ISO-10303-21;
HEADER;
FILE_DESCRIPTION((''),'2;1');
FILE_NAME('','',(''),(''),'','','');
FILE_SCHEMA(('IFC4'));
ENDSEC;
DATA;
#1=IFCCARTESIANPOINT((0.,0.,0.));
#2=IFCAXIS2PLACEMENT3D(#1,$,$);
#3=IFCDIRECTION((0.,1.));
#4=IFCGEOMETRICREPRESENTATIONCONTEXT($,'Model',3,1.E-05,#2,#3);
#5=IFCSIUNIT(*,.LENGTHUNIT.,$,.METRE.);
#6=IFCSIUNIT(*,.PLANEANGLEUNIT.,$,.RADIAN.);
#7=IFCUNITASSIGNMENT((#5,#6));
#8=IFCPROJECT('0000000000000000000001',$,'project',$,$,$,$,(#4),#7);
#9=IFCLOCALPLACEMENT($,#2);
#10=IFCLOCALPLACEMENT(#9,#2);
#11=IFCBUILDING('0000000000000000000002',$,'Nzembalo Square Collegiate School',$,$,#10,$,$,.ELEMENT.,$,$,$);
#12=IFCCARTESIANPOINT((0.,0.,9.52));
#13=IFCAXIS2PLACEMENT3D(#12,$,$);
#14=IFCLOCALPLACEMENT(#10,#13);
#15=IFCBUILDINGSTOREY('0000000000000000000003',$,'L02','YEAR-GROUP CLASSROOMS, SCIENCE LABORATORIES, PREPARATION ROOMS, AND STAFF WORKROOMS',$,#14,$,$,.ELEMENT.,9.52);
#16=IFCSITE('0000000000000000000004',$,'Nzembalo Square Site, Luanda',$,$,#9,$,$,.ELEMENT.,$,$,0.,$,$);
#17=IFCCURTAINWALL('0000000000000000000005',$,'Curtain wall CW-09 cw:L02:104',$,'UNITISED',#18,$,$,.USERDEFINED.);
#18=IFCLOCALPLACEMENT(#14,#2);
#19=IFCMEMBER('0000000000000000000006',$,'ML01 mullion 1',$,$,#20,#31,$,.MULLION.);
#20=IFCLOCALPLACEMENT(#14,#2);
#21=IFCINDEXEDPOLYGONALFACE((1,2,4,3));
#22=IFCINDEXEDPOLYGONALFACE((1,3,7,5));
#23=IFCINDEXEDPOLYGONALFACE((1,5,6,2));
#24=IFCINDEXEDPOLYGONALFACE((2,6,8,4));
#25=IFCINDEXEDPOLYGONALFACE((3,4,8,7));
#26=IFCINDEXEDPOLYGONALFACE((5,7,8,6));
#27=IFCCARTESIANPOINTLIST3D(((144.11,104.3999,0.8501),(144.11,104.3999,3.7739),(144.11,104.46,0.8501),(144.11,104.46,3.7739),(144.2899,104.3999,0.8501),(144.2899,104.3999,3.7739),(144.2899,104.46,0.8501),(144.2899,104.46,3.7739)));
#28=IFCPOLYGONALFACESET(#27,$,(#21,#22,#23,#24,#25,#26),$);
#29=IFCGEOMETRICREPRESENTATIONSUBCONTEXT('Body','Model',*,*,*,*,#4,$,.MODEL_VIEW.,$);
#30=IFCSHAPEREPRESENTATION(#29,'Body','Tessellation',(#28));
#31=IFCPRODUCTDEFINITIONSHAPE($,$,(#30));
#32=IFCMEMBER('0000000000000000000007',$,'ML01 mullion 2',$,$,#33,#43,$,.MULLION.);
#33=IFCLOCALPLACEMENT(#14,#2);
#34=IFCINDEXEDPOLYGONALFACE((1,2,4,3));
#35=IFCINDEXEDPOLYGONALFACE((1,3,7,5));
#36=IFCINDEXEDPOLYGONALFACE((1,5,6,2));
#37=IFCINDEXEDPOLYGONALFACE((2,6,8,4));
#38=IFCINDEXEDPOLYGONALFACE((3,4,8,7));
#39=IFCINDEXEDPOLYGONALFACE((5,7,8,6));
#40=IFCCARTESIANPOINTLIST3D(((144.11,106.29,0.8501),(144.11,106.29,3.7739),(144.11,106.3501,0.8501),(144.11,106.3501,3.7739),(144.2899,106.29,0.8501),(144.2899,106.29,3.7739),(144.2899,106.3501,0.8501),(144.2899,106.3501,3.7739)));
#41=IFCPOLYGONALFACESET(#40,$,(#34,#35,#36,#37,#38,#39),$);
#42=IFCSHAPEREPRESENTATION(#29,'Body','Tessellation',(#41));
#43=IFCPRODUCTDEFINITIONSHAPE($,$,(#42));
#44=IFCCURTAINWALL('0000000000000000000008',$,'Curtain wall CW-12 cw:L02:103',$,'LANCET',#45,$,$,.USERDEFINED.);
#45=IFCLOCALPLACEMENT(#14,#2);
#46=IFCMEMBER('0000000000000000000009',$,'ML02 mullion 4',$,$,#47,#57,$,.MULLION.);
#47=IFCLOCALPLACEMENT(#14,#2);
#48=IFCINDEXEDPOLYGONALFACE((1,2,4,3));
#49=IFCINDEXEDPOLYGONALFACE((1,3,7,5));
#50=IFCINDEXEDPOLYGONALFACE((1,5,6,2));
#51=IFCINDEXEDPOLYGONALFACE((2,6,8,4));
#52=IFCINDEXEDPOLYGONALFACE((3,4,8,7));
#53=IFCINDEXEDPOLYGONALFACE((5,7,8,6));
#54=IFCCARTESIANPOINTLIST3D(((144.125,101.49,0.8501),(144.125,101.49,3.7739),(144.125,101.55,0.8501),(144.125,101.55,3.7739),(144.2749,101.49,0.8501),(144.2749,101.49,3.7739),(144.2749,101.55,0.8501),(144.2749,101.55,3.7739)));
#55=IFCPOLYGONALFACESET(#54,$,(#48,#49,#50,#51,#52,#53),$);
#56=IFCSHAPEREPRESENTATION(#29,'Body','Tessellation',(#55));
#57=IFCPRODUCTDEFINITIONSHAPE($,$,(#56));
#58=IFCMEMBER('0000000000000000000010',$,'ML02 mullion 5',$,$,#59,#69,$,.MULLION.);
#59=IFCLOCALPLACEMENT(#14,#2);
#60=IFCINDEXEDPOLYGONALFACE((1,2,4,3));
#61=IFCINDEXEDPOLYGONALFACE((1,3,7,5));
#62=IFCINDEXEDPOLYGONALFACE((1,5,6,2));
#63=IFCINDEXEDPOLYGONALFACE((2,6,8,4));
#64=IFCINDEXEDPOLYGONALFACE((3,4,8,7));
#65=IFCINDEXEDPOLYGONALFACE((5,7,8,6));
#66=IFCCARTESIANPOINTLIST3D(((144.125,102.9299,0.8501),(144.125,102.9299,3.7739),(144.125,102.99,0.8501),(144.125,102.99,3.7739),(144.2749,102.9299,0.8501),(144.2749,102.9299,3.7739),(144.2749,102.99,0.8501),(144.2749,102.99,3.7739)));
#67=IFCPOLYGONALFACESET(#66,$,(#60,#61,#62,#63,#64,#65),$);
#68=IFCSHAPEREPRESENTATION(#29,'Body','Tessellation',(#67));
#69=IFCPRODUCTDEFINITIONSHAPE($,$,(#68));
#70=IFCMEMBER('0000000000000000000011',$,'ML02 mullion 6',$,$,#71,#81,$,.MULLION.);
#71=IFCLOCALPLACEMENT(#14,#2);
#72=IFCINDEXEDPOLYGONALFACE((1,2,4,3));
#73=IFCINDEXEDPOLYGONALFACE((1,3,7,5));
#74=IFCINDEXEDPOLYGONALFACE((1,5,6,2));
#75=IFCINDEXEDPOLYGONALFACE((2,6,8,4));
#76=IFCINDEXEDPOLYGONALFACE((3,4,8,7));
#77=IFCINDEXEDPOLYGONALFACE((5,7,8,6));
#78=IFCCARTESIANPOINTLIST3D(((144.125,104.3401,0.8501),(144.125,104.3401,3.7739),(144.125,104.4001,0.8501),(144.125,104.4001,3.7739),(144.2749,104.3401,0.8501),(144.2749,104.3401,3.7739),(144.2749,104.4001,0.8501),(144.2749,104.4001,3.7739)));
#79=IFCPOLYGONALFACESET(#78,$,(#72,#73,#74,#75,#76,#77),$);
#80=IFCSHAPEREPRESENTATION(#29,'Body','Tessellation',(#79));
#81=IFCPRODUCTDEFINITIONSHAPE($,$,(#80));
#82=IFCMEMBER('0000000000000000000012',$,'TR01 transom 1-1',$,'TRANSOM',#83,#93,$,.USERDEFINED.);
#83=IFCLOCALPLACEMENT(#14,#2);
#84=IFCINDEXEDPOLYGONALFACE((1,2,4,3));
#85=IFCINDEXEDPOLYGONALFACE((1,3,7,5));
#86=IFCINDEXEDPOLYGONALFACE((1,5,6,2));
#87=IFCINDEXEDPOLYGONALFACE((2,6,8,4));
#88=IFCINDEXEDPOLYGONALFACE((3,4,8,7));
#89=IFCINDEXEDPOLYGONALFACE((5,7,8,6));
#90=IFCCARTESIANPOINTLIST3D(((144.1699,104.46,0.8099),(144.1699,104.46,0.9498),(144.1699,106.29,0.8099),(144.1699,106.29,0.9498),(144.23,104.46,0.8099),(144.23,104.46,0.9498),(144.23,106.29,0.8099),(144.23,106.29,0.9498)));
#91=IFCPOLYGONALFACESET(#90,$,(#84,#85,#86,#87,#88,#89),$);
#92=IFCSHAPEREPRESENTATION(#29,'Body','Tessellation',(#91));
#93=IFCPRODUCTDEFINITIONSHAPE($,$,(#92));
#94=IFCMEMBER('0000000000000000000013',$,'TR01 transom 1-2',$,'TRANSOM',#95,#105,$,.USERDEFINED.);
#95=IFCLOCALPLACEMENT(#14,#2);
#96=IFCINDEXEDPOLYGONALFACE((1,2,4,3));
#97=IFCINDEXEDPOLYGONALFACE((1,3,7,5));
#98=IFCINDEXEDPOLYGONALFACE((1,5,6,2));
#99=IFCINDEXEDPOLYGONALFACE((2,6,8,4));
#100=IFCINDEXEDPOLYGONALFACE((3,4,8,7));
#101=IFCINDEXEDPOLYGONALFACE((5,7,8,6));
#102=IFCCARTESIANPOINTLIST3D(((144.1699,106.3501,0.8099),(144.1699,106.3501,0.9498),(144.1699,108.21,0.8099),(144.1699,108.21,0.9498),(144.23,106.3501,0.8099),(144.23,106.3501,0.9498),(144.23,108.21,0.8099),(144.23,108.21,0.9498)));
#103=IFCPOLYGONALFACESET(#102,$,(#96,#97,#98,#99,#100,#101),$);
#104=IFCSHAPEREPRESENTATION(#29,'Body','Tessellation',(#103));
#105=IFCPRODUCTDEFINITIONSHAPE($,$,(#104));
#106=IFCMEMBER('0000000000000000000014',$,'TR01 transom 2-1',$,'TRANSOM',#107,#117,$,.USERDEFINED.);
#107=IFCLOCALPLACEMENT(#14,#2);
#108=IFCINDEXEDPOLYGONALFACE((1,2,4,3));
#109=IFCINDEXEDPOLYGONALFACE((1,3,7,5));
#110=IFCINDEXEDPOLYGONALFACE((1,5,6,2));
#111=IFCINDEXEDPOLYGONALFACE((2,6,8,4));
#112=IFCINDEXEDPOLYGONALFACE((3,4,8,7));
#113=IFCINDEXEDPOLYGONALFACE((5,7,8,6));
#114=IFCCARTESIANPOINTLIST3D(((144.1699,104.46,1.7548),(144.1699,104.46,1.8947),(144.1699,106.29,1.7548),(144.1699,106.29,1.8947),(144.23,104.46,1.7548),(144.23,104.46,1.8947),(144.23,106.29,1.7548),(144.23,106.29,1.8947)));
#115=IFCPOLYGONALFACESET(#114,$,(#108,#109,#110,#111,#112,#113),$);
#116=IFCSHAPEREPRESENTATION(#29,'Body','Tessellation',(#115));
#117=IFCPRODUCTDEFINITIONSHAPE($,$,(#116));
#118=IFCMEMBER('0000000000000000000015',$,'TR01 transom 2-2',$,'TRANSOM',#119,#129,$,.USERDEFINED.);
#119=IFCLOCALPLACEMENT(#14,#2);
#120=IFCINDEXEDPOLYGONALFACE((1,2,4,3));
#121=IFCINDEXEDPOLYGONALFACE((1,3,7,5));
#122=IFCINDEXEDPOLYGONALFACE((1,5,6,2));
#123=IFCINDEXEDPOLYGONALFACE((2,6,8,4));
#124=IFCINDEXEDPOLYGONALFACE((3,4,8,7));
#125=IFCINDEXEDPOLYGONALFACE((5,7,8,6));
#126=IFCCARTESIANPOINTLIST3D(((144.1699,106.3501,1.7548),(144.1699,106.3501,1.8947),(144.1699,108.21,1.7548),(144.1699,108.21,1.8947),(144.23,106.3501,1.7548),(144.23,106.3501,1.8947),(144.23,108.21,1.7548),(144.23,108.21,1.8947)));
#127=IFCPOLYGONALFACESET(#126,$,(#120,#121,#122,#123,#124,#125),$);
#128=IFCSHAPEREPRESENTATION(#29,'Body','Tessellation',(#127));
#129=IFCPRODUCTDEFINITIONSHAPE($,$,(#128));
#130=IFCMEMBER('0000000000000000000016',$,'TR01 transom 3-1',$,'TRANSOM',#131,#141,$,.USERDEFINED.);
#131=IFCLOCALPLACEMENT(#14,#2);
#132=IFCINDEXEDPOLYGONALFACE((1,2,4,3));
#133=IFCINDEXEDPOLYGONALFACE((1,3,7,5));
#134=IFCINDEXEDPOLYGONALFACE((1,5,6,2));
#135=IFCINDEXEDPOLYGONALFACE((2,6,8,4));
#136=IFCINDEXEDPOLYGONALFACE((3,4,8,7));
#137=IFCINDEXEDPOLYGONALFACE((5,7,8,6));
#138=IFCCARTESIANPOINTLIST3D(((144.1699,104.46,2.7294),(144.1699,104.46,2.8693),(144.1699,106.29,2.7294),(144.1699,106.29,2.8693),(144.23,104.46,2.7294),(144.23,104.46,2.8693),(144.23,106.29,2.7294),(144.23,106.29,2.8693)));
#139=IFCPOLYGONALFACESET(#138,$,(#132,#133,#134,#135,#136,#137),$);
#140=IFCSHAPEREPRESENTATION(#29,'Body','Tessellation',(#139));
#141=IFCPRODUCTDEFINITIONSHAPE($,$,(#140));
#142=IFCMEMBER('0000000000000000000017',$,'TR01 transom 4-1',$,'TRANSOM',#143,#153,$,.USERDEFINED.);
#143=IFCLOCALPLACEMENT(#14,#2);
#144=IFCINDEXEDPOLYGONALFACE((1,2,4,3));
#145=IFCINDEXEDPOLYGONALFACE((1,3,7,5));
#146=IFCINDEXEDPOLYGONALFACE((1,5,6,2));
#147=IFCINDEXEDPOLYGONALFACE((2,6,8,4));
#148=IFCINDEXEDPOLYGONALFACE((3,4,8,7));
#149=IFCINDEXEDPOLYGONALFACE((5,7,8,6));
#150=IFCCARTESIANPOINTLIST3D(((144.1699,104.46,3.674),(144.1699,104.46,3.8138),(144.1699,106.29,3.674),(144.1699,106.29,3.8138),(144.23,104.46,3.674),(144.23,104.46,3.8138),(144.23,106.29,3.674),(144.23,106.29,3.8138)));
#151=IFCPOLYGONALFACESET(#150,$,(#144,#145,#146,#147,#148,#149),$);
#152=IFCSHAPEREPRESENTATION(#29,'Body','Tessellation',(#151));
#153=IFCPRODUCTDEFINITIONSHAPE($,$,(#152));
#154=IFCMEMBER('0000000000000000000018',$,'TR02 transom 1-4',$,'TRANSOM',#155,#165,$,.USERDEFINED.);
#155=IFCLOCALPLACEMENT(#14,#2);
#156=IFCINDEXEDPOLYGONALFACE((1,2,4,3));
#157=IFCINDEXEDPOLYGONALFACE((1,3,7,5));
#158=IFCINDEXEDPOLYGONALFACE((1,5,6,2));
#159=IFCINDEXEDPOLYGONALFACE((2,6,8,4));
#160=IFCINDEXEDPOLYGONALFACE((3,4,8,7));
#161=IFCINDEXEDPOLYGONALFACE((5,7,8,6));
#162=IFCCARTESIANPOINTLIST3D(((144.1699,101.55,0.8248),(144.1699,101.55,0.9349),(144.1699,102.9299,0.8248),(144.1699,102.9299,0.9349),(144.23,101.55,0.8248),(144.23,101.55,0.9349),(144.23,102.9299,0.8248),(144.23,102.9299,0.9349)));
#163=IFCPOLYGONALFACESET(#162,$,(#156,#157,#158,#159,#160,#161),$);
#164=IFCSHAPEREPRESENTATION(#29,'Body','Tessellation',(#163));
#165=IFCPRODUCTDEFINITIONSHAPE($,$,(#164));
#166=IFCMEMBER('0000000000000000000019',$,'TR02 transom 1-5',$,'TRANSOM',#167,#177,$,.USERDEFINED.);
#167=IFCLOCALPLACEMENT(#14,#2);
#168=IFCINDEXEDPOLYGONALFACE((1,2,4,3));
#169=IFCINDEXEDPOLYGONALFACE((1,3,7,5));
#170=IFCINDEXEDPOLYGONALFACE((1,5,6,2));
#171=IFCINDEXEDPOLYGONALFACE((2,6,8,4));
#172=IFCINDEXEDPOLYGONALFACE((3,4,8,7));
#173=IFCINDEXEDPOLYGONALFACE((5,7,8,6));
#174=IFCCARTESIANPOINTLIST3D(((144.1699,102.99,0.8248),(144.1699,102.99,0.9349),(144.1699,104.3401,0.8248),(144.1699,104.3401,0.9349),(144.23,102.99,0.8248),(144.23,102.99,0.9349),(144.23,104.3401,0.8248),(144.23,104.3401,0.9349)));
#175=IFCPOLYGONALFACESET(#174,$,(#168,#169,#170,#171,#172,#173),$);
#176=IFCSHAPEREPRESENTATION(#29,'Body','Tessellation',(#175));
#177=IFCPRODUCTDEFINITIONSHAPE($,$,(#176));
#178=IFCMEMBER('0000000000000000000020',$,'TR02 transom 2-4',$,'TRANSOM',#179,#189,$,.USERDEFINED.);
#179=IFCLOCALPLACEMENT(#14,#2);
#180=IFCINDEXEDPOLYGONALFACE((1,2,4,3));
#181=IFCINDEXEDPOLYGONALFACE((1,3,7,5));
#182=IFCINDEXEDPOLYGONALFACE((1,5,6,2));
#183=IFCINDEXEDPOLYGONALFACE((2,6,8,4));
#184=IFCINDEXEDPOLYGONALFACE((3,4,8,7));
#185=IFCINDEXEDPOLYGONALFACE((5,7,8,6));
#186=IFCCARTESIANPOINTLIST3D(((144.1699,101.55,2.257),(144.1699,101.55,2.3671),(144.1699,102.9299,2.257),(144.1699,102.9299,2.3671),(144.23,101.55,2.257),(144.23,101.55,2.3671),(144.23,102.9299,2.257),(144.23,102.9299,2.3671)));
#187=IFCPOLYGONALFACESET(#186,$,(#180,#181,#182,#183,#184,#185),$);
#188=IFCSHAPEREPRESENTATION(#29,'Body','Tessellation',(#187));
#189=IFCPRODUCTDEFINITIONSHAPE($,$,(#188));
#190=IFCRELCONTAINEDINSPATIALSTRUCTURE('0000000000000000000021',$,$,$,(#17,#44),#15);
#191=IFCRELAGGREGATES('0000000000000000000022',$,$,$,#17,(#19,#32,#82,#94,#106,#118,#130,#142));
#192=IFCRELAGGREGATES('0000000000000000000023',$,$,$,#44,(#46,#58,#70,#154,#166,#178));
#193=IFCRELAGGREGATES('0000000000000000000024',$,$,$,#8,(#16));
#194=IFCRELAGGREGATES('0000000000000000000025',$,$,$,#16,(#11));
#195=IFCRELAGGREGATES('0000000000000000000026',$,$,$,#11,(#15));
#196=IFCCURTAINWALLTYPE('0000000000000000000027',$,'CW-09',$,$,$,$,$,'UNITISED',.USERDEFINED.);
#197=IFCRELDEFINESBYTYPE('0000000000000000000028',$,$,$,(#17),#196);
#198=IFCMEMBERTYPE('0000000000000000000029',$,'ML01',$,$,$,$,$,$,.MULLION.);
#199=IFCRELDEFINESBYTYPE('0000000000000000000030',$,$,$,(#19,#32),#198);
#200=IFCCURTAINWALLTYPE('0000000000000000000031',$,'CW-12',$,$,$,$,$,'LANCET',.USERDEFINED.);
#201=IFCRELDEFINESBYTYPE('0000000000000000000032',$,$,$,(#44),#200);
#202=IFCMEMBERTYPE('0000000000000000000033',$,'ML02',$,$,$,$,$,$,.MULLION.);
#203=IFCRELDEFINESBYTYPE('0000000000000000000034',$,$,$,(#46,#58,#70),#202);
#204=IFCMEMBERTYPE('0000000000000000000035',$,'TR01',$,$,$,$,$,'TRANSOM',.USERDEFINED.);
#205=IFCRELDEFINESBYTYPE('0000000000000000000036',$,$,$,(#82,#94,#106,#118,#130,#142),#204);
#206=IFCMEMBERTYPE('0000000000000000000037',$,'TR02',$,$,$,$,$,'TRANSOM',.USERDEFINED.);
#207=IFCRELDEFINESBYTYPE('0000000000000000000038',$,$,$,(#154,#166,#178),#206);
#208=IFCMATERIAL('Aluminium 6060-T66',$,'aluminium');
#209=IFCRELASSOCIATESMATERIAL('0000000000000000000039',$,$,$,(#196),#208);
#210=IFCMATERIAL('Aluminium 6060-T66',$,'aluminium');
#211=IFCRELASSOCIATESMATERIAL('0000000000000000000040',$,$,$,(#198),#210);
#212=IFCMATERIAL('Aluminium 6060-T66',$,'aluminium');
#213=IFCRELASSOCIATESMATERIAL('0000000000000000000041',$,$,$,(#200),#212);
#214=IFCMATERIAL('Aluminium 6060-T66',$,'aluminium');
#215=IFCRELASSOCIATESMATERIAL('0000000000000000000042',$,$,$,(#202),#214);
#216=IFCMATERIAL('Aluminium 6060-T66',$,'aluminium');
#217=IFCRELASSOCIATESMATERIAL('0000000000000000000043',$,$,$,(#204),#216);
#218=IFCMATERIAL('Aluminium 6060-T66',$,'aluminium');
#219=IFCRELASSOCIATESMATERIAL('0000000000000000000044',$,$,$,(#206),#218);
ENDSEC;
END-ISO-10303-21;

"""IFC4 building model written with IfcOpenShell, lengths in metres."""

from ifc_helpers import new_model, si_unit, direction, frame, origin, origin_2d, place, context, subcontext, project, spatial, rectangle, extrude, material, material_profile, profile_set, type_object, element, aggregate, save


model = new_model("IFC4")

# Units and contexts
model_context = context("Model", 3, precision=1e-05, world=origin(), true_north=direction((0.0, 1.0)))
body_context = subcontext(model_context, "Body", "Model", "MODEL_VIEW")
ifc_project = project(units=[si_unit("LENGTHUNIT", "METRE"), si_unit("PLANEANGLEUNIT", "RADIAN")], contexts=[model_context])

# Site, building, storey
site_placement = place(None, origin())
site = spatial("IfcSite", under=ifc_project, at=site_placement, Name="Nzembalo Square Site, Luanda", CompositionType="ELEMENT", RefElevation=0.0)
building_placement = place(site_placement, origin())
building = spatial("IfcBuilding", under=site, at=building_placement, Name="Nzembalo Square Collegiate School", CompositionType="ELEMENT")
storey_placement = place(building_placement, frame((0.0, 0.0, 9.52)))
storey = spatial("IfcBuildingStorey", under=building, at=storey_placement, Name="L02", Description="YEAR-GROUP CLASSROOMS, SCIENCE LABORATORIES, PREPARATION ROOMS, AND STAFF WORKROOMS", CompositionType="ELEMENT", Elevation=9.52)

# Curtain walls, members
ifc_material_1 = material(Name="Aluminium 6060-T66", Category="aluminium")
curtain_wall_type_1 = type_object("IfcCurtainWallType", Name="CW-09", ElementType="UNITISED", PredefinedType="USERDEFINED", material=ifc_material_1)
curtain_wall_1_placement = place(storey_placement, origin())
curtain_wall_1 = element("IfcCurtainWall", 1, at=curtain_wall_1_placement, inside=storey, type_object=curtain_wall_type_1, Name="Curtain wall CW-09 cw:L02:104", ObjectType="UNITISED", PredefinedType="USERDEFINED")
ifc_material_2 = material(Name="Aluminium 6060-T66", Category="aluminium")
ifc_material_profile_1 = material_profile(ifc_material_2, rectangle(XDim=0.0601, YDim=0.1799, at=origin_2d()), Name="ALU M60x180")
ifc_profile_set_1 = profile_set([ifc_material_profile_1], Name="Aluminium 6060-T66")
member_type_1 = type_object("IfcMemberType", Name="ML01", PredefinedType="MULLION", material=ifc_profile_set_1)
member_1_placement = place(storey_placement, frame((144.2, 104.4299, 0.8501), z_axis=(0.0, 0.0, 1.0), x_axis=(0.0, 1.0, 0.0)))
member_1 = element("IfcMember", 2, at=member_1_placement, type_object=member_type_1, Name="ML01 mullion 1", PredefinedType="MULLION", context=body_context, shape_type="SweptSolid", body=[
    extrude(rectangle(XDim=0.0601, YDim=0.1799, at=origin_2d()), origin(), (0.0, 0.0, 1.0), 2.9238),
])
member_2_placement = place(storey_placement, frame((144.2, 106.3201, 0.8501), z_axis=(0.0, 0.0, 1.0), x_axis=(0.0, 1.0, 0.0)))
member_2 = element("IfcMember", 3, at=member_2_placement, type_object=member_type_1, Name="ML01 mullion 2", PredefinedType="MULLION", context=body_context, shape_type="SweptSolid", body=[
    extrude(rectangle(XDim=0.0601, YDim=0.1799, at=origin_2d()), origin(), (0.0, 0.0, 1.0), 2.9238),
])
ifc_material_3 = material(Name="Aluminium 6060-T66", Category="aluminium")
curtain_wall_type_2 = type_object("IfcCurtainWallType", Name="CW-12", ElementType="LANCET", PredefinedType="USERDEFINED", material=ifc_material_3)
curtain_wall_2_placement = place(storey_placement, origin())
curtain_wall_2 = element("IfcCurtainWall", 4, at=curtain_wall_2_placement, inside=storey, type_object=curtain_wall_type_2, Name="Curtain wall CW-12 cw:L02:103", ObjectType="LANCET", PredefinedType="USERDEFINED")
ifc_material_4 = material(Name="Aluminium 6060-T66", Category="aluminium")
ifc_material_profile_2 = material_profile(ifc_material_4, rectangle(XDim=0.0601, YDim=0.1499, at=origin_2d()), Name="ALU M60x150")
ifc_profile_set_2 = profile_set([ifc_material_profile_2], Name="Aluminium 6060-T66")
member_type_2 = type_object("IfcMemberType", Name="ML02", PredefinedType="MULLION", material=ifc_profile_set_2)
member_3_placement = place(storey_placement, frame((144.2, 101.52, 0.8501), z_axis=(0.0, 0.0, 1.0), x_axis=(0.0, 1.0, 0.0)))
member_3 = element("IfcMember", 5, at=member_3_placement, type_object=member_type_2, Name="ML02 mullion 4", PredefinedType="MULLION", context=body_context, shape_type="SweptSolid", body=[
    extrude(rectangle(XDim=0.0601, YDim=0.1499, at=origin_2d()), origin(), (0.0, 0.0, 1.0), 2.9238),
])
member_4_placement = place(storey_placement, frame((144.2, 102.96, 0.8501), z_axis=(0.0, 0.0, 1.0), x_axis=(0.0, 1.0, 0.0)))
member_4 = element("IfcMember", 6, at=member_4_placement, type_object=member_type_2, Name="ML02 mullion 5", PredefinedType="MULLION", context=body_context, shape_type="SweptSolid", body=[
    extrude(rectangle(XDim=0.0601, YDim=0.1499, at=origin_2d()), origin(), (0.0, 0.0, 1.0), 2.9238),
])
member_5_placement = place(storey_placement, frame((144.2, 104.3701, 0.8501), z_axis=(0.0, 0.0, 1.0), x_axis=(0.0, 1.0, 0.0)))
member_5 = element("IfcMember", 7, at=member_5_placement, type_object=member_type_2, Name="ML02 mullion 6", PredefinedType="MULLION", context=body_context, shape_type="SweptSolid", body=[
    extrude(rectangle(XDim=0.0601, YDim=0.1499, at=origin_2d()), origin(), (0.0, 0.0, 1.0), 2.9238),
])

# Members
ifc_material_5 = material(Name="Aluminium 6060-T66", Category="aluminium")
ifc_material_profile_3 = material_profile(ifc_material_5, rectangle(XDim=0.0601, YDim=0.1399, at=origin_2d()), Name="ALU T60x140")
ifc_profile_set_3 = profile_set([ifc_material_profile_3], Name="Aluminium 6060-T66")
member_type_3 = type_object("IfcMemberType", Name="TR01", ElementType="TRANSOM", PredefinedType="USERDEFINED", material=ifc_profile_set_3)
member_6_placement = place(storey_placement, frame((144.2, 104.46, 0.8799), z_axis=(0.0, 1.0, 0.0), x_axis=(-1.0, 0.0, 0.0)))
member_6 = element("IfcMember", 8, at=member_6_placement, type_object=member_type_3, Name="TR01 transom 1-1", ObjectType="TRANSOM", PredefinedType="USERDEFINED", context=body_context, shape_type="SweptSolid", body=[
    extrude(rectangle(XDim=0.0601, YDim=0.1399, at=origin_2d()), origin(), (0.0, 0.0, 1.0), 1.8301),
])
member_7_placement = place(storey_placement, frame((144.2, 106.3501, 0.8799), z_axis=(0.0, 1.0, 0.0), x_axis=(-1.0, 0.0, 0.0)))
member_7 = element("IfcMember", 9, at=member_7_placement, type_object=member_type_3, Name="TR01 transom 1-2", ObjectType="TRANSOM", PredefinedType="USERDEFINED", context=body_context, shape_type="SweptSolid", body=[
    extrude(rectangle(XDim=0.0601, YDim=0.1399, at=origin_2d()), origin(), (0.0, 0.0, 1.0), 1.8599),
])
member_8_placement = place(storey_placement, frame((144.2, 104.46, 1.8247), z_axis=(0.0, 1.0, 0.0), x_axis=(-1.0, 0.0, 0.0)))
member_8 = element("IfcMember", 10, at=member_8_placement, type_object=member_type_3, Name="TR01 transom 2-1", ObjectType="TRANSOM", PredefinedType="USERDEFINED", context=body_context, shape_type="SweptSolid", body=[
    extrude(rectangle(XDim=0.0601, YDim=0.1399, at=origin_2d()), origin(), (0.0, 0.0, 1.0), 1.8301),
])
member_9_placement = place(storey_placement, frame((144.2, 106.3501, 1.8247), z_axis=(0.0, 1.0, 0.0), x_axis=(-1.0, 0.0, 0.0)))
member_9 = element("IfcMember", 11, at=member_9_placement, type_object=member_type_3, Name="TR01 transom 2-2", ObjectType="TRANSOM", PredefinedType="USERDEFINED", context=body_context, shape_type="SweptSolid", body=[
    extrude(rectangle(XDim=0.0601, YDim=0.1399, at=origin_2d()), origin(), (0.0, 0.0, 1.0), 1.8599),
])
member_10_placement = place(storey_placement, frame((144.2, 104.46, 2.7993), z_axis=(0.0, 1.0, 0.0), x_axis=(-1.0, 0.0, 0.0)))
member_10 = element("IfcMember", 12, at=member_10_placement, type_object=member_type_3, Name="TR01 transom 3-1", ObjectType="TRANSOM", PredefinedType="USERDEFINED", context=body_context, shape_type="SweptSolid", body=[
    extrude(rectangle(XDim=0.0601, YDim=0.1399, at=origin_2d()), origin(), (0.0, 0.0, 1.0), 1.8301),
])
member_11_placement = place(storey_placement, frame((144.2, 104.46, 3.7439), z_axis=(0.0, 1.0, 0.0), x_axis=(-1.0, 0.0, 0.0)))
member_11 = element("IfcMember", 13, at=member_11_placement, type_object=member_type_3, Name="TR01 transom 4-1", ObjectType="TRANSOM", PredefinedType="USERDEFINED", context=body_context, shape_type="SweptSolid", body=[
    extrude(rectangle(XDim=0.0601, YDim=0.1399, at=origin_2d()), origin(), (0.0, 0.0, 1.0), 1.8301),
])
ifc_material_6 = material(Name="Aluminium 6060-T66", Category="aluminium")
ifc_material_profile_4 = material_profile(ifc_material_6, rectangle(XDim=0.0601, YDim=0.1101, at=origin_2d()), Name="ALU T60x110")
ifc_profile_set_4 = profile_set([ifc_material_profile_4], Name="Aluminium 6060-T66")
member_type_4 = type_object("IfcMemberType", Name="TR02", ElementType="TRANSOM", PredefinedType="USERDEFINED", material=ifc_profile_set_4)
member_12_placement = place(storey_placement, frame((144.2, 101.55, 0.8799), z_axis=(0.0, 1.0, 0.0), x_axis=(-1.0, 0.0, 0.0)))
member_12 = element("IfcMember", 14, at=member_12_placement, type_object=member_type_4, Name="TR02 transom 1-4", ObjectType="TRANSOM", PredefinedType="USERDEFINED", context=body_context, shape_type="SweptSolid", body=[
    extrude(rectangle(XDim=0.0601, YDim=0.1101, at=origin_2d()), origin(), (0.0, 0.0, 1.0), 1.3799),
])
member_13_placement = place(storey_placement, frame((144.2, 102.99, 0.8799), z_axis=(0.0, 1.0, 0.0), x_axis=(-1.0, 0.0, 0.0)))
member_13 = element("IfcMember", 15, at=member_13_placement, type_object=member_type_4, Name="TR02 transom 1-5", ObjectType="TRANSOM", PredefinedType="USERDEFINED", context=body_context, shape_type="SweptSolid", body=[
    extrude(rectangle(XDim=0.0601, YDim=0.1101, at=origin_2d()), origin(), (0.0, 0.0, 1.0), 1.3501),
])
member_14_placement = place(storey_placement, frame((144.2, 101.55, 2.312), z_axis=(0.0, 1.0, 0.0), x_axis=(-1.0, 0.0, 0.0)))
member_14 = element("IfcMember", 16, at=member_14_placement, type_object=member_type_4, Name="TR02 transom 2-4", ObjectType="TRANSOM", PredefinedType="USERDEFINED", context=body_context, shape_type="SweptSolid", body=[
    extrude(rectangle(XDim=0.0601, YDim=0.1101, at=origin_2d()), origin(), (0.0, 0.0, 1.0), 1.3799),
])

aggregate(curtain_wall_1, [member_1, member_2, member_6, member_7, member_8, member_9, member_10, member_11])
aggregate(curtain_wall_2, [member_3, member_4, member_5, member_12, member_13, member_14])

save(model, "model.ifc")
